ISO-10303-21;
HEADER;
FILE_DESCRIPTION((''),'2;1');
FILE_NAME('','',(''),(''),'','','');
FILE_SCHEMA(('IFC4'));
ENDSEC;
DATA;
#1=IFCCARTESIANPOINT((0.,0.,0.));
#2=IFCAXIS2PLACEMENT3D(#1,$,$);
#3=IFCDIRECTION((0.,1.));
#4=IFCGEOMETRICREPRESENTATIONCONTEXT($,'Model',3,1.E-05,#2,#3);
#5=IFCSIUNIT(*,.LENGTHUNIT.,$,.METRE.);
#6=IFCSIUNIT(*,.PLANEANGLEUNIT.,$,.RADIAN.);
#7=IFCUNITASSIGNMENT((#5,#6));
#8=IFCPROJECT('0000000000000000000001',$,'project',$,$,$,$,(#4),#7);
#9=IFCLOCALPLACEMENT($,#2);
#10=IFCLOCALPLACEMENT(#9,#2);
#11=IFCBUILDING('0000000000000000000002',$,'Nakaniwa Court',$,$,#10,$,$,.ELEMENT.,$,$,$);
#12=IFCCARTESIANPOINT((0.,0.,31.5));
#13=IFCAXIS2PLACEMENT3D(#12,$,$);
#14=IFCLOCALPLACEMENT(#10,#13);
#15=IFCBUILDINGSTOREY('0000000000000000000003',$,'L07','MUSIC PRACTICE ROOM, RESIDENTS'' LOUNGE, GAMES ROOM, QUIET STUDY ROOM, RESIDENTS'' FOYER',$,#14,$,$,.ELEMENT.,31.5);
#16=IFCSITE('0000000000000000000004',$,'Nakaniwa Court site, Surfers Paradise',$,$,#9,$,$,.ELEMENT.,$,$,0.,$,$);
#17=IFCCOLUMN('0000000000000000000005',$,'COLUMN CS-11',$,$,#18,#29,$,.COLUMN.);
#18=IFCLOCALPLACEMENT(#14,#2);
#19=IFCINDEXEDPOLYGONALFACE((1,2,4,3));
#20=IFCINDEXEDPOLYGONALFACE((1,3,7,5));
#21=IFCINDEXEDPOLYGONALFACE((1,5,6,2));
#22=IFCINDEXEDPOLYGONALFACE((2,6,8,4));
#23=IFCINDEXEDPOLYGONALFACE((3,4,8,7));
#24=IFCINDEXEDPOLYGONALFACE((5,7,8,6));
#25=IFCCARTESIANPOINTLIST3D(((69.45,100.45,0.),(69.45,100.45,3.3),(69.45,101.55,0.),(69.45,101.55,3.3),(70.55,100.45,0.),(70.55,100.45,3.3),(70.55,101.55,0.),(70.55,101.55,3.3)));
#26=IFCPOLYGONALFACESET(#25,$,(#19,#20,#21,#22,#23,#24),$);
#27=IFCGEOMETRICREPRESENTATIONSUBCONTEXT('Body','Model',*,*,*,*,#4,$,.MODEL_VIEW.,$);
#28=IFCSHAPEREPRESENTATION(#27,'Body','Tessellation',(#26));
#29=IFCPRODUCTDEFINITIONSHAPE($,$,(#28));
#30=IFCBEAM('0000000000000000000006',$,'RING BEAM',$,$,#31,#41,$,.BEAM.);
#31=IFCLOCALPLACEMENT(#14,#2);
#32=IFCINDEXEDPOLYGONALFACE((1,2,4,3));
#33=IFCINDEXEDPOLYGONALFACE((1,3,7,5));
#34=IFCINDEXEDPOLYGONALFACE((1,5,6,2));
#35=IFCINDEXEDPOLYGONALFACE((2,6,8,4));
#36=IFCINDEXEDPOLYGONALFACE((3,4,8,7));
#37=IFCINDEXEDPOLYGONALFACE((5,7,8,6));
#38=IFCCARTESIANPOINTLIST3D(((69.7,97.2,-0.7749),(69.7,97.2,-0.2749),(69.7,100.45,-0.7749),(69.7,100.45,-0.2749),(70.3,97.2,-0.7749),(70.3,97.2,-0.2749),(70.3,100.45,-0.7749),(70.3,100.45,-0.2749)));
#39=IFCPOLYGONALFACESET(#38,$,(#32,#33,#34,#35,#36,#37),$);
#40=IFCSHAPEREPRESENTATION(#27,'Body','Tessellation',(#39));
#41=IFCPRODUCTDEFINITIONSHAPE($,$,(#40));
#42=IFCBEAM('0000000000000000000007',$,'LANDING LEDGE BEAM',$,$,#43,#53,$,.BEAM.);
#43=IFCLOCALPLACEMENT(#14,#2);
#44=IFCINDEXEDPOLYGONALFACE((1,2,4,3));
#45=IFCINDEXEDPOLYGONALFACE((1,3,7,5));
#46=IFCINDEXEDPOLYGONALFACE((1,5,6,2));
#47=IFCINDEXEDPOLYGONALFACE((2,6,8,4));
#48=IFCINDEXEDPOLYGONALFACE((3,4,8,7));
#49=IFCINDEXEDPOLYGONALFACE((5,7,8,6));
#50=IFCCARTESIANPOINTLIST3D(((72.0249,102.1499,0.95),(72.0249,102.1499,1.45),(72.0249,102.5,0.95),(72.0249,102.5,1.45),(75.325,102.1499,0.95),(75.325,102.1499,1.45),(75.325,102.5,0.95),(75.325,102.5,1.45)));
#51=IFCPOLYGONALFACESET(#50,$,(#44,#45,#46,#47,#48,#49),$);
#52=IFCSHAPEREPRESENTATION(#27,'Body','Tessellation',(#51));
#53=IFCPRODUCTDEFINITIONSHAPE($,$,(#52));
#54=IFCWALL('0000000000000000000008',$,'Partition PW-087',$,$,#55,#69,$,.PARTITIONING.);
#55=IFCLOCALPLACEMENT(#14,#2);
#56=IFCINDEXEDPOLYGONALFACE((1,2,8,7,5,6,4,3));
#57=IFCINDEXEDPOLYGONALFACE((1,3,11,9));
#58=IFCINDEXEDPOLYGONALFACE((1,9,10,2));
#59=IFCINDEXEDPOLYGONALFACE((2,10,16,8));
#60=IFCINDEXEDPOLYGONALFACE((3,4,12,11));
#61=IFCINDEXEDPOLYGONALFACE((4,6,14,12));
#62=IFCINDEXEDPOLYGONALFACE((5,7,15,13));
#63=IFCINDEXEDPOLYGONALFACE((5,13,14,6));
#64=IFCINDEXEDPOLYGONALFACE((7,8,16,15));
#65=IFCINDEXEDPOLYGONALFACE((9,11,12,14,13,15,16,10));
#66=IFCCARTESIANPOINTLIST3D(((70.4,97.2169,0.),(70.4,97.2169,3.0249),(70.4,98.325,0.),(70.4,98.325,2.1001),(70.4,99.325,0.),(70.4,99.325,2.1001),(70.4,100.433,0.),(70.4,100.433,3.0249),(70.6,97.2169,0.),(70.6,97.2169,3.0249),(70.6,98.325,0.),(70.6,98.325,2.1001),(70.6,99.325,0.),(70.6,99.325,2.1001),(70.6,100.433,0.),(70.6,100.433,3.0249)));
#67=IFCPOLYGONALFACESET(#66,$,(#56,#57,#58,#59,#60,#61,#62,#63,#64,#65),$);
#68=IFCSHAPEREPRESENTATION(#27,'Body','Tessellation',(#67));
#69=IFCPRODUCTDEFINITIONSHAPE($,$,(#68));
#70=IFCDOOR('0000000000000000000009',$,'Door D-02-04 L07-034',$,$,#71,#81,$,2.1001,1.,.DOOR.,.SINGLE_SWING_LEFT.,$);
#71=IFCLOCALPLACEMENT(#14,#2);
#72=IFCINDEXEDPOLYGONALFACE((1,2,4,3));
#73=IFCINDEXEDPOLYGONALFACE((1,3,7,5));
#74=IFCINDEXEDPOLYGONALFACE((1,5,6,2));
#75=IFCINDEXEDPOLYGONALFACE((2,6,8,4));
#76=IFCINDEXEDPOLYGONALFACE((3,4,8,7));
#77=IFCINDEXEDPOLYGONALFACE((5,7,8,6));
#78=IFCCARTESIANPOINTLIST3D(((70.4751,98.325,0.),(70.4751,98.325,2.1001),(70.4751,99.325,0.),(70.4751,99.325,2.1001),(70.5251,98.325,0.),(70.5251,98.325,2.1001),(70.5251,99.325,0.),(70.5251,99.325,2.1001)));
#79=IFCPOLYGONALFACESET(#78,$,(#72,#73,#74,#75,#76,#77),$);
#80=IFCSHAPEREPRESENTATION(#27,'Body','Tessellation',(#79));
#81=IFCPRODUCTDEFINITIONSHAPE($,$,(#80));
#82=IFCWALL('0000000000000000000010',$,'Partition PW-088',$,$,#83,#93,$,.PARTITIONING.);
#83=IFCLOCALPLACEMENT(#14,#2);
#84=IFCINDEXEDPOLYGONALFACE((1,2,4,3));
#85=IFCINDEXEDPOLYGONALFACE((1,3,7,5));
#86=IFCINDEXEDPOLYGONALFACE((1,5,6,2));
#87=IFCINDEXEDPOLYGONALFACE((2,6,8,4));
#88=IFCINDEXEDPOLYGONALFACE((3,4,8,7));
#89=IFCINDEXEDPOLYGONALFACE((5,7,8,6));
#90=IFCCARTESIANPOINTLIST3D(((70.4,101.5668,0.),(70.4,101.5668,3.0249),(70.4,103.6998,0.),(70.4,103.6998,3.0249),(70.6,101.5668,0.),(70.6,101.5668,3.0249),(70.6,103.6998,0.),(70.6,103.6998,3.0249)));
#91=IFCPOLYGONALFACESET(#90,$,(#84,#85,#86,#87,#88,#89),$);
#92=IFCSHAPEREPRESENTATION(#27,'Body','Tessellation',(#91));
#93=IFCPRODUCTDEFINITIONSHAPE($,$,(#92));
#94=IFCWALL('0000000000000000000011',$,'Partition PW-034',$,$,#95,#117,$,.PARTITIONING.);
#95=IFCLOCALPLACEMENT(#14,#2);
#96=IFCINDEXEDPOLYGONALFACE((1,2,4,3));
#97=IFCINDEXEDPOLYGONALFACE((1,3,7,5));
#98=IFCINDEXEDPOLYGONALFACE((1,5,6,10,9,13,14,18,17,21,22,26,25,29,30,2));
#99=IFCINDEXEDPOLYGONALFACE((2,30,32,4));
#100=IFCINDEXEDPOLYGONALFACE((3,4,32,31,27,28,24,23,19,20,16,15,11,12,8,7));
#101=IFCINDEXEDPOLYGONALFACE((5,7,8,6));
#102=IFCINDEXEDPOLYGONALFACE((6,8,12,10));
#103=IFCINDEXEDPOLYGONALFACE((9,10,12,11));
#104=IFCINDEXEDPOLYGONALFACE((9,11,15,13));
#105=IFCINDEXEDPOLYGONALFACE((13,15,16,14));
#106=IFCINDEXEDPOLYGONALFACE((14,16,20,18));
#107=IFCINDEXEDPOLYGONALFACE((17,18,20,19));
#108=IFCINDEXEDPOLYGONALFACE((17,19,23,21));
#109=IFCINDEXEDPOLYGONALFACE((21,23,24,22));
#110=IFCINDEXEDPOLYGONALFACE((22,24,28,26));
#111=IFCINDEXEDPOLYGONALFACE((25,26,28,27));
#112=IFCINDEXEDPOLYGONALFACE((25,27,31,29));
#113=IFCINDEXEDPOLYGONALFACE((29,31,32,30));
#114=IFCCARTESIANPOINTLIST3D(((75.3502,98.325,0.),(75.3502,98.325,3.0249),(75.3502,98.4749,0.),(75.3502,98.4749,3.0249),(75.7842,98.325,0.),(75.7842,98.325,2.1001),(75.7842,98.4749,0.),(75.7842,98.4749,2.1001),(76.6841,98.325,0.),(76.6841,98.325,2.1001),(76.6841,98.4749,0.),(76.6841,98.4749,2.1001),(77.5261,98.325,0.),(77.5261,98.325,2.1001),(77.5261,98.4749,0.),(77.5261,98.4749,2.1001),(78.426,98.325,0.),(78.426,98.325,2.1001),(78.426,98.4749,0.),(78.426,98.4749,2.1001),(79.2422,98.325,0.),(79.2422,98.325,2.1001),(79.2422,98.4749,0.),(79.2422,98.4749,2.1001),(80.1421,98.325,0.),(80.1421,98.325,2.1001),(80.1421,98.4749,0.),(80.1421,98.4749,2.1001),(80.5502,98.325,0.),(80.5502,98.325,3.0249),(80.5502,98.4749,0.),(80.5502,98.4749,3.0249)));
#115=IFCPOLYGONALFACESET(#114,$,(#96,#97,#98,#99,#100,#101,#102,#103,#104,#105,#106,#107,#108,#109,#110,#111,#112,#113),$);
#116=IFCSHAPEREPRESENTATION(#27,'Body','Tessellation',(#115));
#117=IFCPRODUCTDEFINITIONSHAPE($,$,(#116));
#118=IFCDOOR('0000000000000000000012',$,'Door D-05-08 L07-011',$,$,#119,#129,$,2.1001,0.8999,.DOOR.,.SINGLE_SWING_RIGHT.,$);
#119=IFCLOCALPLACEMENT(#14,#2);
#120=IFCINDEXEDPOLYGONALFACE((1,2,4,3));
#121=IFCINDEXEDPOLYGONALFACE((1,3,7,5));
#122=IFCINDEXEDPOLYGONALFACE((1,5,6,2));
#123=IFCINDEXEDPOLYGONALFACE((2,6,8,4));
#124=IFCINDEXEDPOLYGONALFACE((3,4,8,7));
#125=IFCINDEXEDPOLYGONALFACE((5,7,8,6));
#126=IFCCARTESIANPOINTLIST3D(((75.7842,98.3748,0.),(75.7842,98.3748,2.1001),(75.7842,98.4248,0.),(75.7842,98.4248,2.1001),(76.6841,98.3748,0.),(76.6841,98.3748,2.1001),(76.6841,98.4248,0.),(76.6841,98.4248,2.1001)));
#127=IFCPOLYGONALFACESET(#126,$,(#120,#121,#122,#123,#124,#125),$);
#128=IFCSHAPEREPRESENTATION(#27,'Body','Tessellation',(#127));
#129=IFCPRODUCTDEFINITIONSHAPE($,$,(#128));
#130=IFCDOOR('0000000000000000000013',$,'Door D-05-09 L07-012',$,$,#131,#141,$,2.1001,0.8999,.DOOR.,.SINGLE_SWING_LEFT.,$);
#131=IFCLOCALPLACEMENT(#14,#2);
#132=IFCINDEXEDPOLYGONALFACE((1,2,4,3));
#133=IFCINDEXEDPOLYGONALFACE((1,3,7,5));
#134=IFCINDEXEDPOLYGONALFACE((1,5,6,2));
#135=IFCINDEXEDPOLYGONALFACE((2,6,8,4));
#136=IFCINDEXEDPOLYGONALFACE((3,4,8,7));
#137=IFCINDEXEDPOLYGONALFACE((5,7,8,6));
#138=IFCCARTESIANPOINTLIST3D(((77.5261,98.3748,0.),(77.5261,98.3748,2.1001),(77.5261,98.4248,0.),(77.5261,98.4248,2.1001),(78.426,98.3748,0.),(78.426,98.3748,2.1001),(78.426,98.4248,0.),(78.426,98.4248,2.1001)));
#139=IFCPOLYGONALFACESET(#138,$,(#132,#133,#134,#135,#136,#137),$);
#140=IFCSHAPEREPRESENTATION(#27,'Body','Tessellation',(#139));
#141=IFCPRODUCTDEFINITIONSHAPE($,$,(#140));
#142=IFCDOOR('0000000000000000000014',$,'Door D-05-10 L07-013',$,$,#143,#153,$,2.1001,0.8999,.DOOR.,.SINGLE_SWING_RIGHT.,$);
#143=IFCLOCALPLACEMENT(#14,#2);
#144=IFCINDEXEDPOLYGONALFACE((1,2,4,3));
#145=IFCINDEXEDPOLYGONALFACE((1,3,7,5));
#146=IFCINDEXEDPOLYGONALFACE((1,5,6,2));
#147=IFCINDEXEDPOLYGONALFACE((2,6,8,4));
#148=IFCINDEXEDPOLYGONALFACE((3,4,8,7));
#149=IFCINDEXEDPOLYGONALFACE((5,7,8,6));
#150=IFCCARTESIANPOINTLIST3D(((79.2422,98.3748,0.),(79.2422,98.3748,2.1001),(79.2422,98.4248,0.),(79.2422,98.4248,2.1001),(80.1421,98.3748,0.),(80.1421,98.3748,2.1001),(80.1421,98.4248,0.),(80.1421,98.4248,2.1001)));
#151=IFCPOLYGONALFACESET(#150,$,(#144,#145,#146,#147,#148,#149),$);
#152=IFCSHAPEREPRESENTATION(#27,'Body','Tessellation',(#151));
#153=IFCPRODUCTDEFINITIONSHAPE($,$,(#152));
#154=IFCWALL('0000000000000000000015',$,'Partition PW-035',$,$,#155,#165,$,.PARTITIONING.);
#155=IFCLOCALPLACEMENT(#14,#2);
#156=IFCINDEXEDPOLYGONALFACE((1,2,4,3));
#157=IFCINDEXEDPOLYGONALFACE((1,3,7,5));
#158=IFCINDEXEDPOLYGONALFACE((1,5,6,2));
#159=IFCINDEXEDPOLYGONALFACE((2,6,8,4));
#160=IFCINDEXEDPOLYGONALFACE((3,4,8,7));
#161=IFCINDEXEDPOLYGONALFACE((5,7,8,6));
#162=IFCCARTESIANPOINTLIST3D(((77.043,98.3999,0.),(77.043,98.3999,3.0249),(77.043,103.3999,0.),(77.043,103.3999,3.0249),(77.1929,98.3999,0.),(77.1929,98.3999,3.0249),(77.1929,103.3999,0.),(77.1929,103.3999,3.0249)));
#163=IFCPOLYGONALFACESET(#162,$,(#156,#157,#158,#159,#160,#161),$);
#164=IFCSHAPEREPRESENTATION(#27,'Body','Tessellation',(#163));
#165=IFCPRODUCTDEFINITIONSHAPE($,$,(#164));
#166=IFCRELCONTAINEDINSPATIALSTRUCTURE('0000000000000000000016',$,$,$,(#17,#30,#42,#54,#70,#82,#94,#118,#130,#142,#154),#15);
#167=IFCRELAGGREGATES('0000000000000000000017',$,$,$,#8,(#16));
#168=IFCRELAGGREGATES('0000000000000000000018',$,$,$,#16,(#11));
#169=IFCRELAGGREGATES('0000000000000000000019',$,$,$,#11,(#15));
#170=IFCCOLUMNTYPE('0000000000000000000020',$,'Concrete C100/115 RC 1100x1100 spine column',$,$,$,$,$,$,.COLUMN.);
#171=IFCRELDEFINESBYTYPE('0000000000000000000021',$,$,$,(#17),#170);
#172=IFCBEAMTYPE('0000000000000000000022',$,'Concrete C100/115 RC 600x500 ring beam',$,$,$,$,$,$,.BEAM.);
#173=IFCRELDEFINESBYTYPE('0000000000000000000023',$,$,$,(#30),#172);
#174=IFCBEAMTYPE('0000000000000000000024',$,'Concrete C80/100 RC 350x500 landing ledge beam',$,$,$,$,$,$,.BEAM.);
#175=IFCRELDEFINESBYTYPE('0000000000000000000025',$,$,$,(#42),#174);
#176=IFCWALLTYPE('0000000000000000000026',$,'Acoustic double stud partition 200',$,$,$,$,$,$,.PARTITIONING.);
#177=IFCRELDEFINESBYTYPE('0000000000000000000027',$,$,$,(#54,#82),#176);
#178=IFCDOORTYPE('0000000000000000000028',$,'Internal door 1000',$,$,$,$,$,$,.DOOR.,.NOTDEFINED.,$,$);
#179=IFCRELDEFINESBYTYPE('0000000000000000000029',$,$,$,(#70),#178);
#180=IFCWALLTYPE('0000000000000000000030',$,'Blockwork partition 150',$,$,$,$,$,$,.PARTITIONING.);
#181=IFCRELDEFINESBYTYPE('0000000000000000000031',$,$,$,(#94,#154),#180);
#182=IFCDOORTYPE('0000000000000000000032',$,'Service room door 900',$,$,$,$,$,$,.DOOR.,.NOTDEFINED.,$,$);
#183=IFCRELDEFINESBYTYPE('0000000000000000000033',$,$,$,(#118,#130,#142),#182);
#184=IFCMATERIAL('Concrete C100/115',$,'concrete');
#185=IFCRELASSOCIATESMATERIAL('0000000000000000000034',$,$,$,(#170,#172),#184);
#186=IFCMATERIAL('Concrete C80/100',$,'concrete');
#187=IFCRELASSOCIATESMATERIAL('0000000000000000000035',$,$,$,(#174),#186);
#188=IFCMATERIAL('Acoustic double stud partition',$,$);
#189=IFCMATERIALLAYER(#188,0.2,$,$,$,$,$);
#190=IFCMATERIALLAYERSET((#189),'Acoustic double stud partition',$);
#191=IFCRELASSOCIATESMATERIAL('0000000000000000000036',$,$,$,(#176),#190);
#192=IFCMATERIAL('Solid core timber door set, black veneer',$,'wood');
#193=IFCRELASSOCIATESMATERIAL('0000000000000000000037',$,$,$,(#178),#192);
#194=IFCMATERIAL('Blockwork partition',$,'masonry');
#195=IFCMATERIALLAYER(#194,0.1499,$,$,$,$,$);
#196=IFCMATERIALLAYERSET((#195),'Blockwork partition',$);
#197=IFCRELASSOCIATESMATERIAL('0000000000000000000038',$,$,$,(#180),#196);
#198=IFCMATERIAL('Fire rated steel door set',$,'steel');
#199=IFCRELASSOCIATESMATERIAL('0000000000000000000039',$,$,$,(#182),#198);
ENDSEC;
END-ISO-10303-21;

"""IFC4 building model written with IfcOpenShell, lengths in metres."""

from ifc_helpers import new_model, si_unit, direction, frame, frame_2d, origin, origin_2d, place, context, subcontext, project, spatial, rectangle, extrude, material, layer, layer_set, material_profile, profile_set, type_object, element, fill, save


model = new_model("IFC4")

# Units and contexts
model_context = context("Model", 3, precision=1e-05, world=origin(), true_north=direction((0.0, 1.0)))
body_context = subcontext(model_context, "Body", "Model", "MODEL_VIEW")
ifc_project = project(units=[si_unit("LENGTHUNIT", "METRE"), si_unit("PLANEANGLEUNIT", "RADIAN")], contexts=[model_context])

# Site, building, storey
site_placement = place(None, origin())
site = spatial("IfcSite", under=ifc_project, at=site_placement, Name="Nakaniwa Court site, Surfers Paradise", CompositionType="ELEMENT", RefElevation=0.0)
building_placement = place(site_placement, origin())
building = spatial("IfcBuilding", under=site, at=building_placement, Name="Nakaniwa Court", CompositionType="ELEMENT")
storey_placement = place(building_placement, frame((0.0, 0.0, 31.5)))
storey = spatial("IfcBuildingStorey", under=building, at=storey_placement, Name="L07", Description="MUSIC PRACTICE ROOM, RESIDENTS' LOUNGE, GAMES ROOM, QUIET STUDY ROOM, RESIDENTS' FOYER", CompositionType="ELEMENT", Elevation=31.5)

# Column
ifc_material_1 = material(Name="Concrete C100/115", Category="concrete")
ifc_material_profile_1 = material_profile(ifc_material_1, rectangle(XDim=1.1001, YDim=1.1001, at=origin_2d()), Name="Concrete C100/115 RC 1100x1100 spine column")
ifc_profile_set_1 = profile_set([ifc_material_profile_1], Name="Concrete C100/115")
column_type = type_object("IfcColumnType", Name="Concrete C100/115 RC 1100x1100 spine column", PredefinedType="COLUMN", material=ifc_profile_set_1)
column_placement = place(storey_placement, frame((70.0, 101.0, 0.0), z_axis=(0.0, 0.0, 1.0), x_axis=(0.0, -1.0, 0.0)))
element("IfcColumn", 1, at=column_placement, inside=storey, type_object=column_type, Name="COLUMN CS-11", PredefinedType="COLUMN", context=body_context, shape_type="SweptSolid", body=[
    extrude(rectangle(XDim=1.1001, YDim=1.1001, at=origin_2d()), origin(), (0.0, 0.0, 1.0), 3.3),
])

# Beams
ifc_material_profile_2 = material_profile(ifc_material_1, rectangle(XDim=0.6001, YDim=0.5, at=origin_2d()), Name="Concrete C100/115 RC 600x500 ring beam")
ifc_profile_set_2 = profile_set([ifc_material_profile_2], Name="Concrete C100/115")
beam_type_1 = type_object("IfcBeamType", Name="Concrete C100/115 RC 600x500 ring beam", PredefinedType="BEAM", material=ifc_profile_set_2)
beam_1_placement = place(storey_placement, frame((70.0, 100.45, -0.5249), z_axis=(0.0, -1.0, 0.0), x_axis=(1.0, 0.0, 0.0)))
element("IfcBeam", 2, at=beam_1_placement, inside=storey, type_object=beam_type_1, Name="RING BEAM", PredefinedType="BEAM", context=body_context, shape_type="SweptSolid", body=[
    extrude(rectangle(XDim=0.6001, YDim=0.5, at=origin_2d()), origin(), (0.0, 0.0, 1.0), 3.25),
])
ifc_material_2 = material(Name="Concrete C80/100", Category="concrete")
ifc_material_profile_3 = material_profile(ifc_material_2, rectangle(XDim=0.3501, YDim=0.5, at=origin_2d()), Name="Concrete C80/100 RC 350x500 landing ledge beam")
ifc_profile_set_3 = profile_set([ifc_material_profile_3], Name="Concrete C80/100")
beam_type_2 = type_object("IfcBeamType", Name="Concrete C80/100 RC 350x500 landing ledge beam", PredefinedType="BEAM", material=ifc_profile_set_3)
beam_2_placement = place(storey_placement, frame((72.0249, 102.325, 1.2), z_axis=(1.0, 0.0, 0.0), x_axis=(0.0, 1.0, 0.0)))
element("IfcBeam", 3, at=beam_2_placement, inside=storey, type_object=beam_type_2, Name="LANDING LEDGE BEAM", PredefinedType="BEAM", context=body_context, shape_type="SweptSolid", body=[
    extrude(rectangle(XDim=0.3501, YDim=0.5, at=origin_2d()), origin(), (0.0, 0.0, 1.0), 3.3),
])

# Wall, opening, door
ifc_material_3 = material(Name="Acoustic double stud partition")
ifc_layer_1 = layer(ifc_material_3, 0.2)
ifc_layer_set_1 = layer_set([ifc_layer_1], Name="Acoustic double stud partition")
wall_type_1 = type_object("IfcWallType", Name="Acoustic double stud partition 200", PredefinedType="PARTITIONING", material=ifc_layer_set_1)
wall_1_placement = place(storey_placement, frame((70.5, 97.217, 0.0), z_axis=(0.0, 0.0, 1.0), x_axis=(0.0, 1.0, 0.0)))
wall_1 = element("IfcWall", 4, at=wall_1_placement, inside=storey, type_object=wall_type_1, Name="Partition PW-087", PredefinedType="PARTITIONING", context=body_context, shape_type="SweptSolid", body=[
    extrude(rectangle(XDim=3.2161, YDim=0.2, at=frame_2d((1.6079, 0.0))), origin(), (0.0, 0.0, 1.0), 3.0249),
])
opening_1_placement = place(wall_1_placement, frame((1.1079, 0.0, 0.0)))
opening_1 = element("IfcOpeningElement", 5, at=opening_1_placement, cuts=wall_1, PredefinedType="OPENING", context=body_context, shape_type="SweptSolid", body=[
    extrude(rectangle(XDim=1.0, YDim=2.1001, at=frame_2d((0.5, 1.05))), frame((0.0, 0.1099, 0.0), z_axis=(0.0, -1.0, 0.0), x_axis=(1.0, 0.0, 0.0)), (0.0, 0.0, 1.0), 0.22),
])
ifc_material_4 = material(Name="Solid core timber door set, black veneer", Category="wood")
door_type_1 = type_object("IfcDoorType", Name="Internal door 1000", OperationType="NOTDEFINED", PredefinedType="DOOR", material=ifc_material_4)
door_1_placement = place(opening_1_placement, origin())
door_1 = element("IfcDoor", 6, at=door_1_placement, inside=storey, type_object=door_type_1, Name="Door D-02-04 L07-034", OperationType="SINGLE_SWING_LEFT", OverallHeight=2.1001, OverallWidth=1.0, PredefinedType="DOOR", context=body_context, shape_type="SweptSolid", body=[
    extrude(rectangle(XDim=1.0, YDim=2.1001, at=frame_2d((0.5, 1.05))), frame((0.0, 0.0249, 0.0), z_axis=(0.0, -1.0, 0.0), x_axis=(1.0, 0.0, 0.0)), (0.0, 0.0, 1.0), 0.05),
])
fill(opening_1, door_1)

# Wall
wall_2_placement = place(storey_placement, frame((70.5, 101.5669, 0.0), z_axis=(0.0, 0.0, 1.0), x_axis=(0.0, 1.0, 0.0)))
element("IfcWall", 7, at=wall_2_placement, inside=storey, type_object=wall_type_1, Name="Partition PW-088", PredefinedType="PARTITIONING", context=body_context, shape_type="SweptSolid", body=[
    extrude(rectangle(XDim=2.1331, YDim=0.2, at=frame_2d((1.0664, 0.0))), origin(), (0.0, 0.0, 1.0), 3.0249),
])

# Wall, openings, doors
ifc_material_5 = material(Name="Blockwork partition", Category="masonry")
ifc_layer_2 = layer(ifc_material_5, 0.1499)
ifc_layer_set_2 = layer_set([ifc_layer_2], Name="Blockwork partition")
wall_type_2 = type_object("IfcWallType", Name="Blockwork partition 150", PredefinedType="PARTITIONING", material=ifc_layer_set_2)
wall_3_placement = place(storey_placement, frame((75.3501, 98.3999, 0.0), z_axis=(0.0, 0.0, 1.0), x_axis=(1.0, 0.0, 0.0)))
wall_3 = element("IfcWall", 8, at=wall_3_placement, inside=storey, type_object=wall_type_2, Name="Partition PW-034", PredefinedType="PARTITIONING", context=body_context, shape_type="SweptSolid", body=[
    extrude(rectangle(XDim=5.2, YDim=0.1499, at=frame_2d((2.6001, 0.0))), origin(), (0.0, 0.0, 1.0), 3.0249),
])
opening_2_placement = place(wall_3_placement, frame((0.4341, 0.0, 0.0)))
opening_2 = element("IfcOpeningElement", 9, at=opening_2_placement, cuts=wall_3, PredefinedType="OPENING", context=body_context, shape_type="SweptSolid", body=[
    extrude(rectangle(XDim=0.8999, YDim=2.1001, at=frame_2d((0.45, 1.05))), frame((0.0, 0.085, 0.0), z_axis=(0.0, -1.0, 0.0), x_axis=(1.0, 0.0, 0.0)), (0.0, 0.0, 1.0), 0.1699),
])
opening_3_placement = place(wall_3_placement, frame((2.176, 0.0, 0.0)))
opening_3 = element("IfcOpeningElement", 10, at=opening_3_placement, cuts=wall_3, PredefinedType="OPENING", context=body_context, shape_type="SweptSolid", body=[
    extrude(rectangle(XDim=0.8999, YDim=2.1001, at=frame_2d((0.45, 1.05))), frame((0.0, 0.085, 0.0), z_axis=(0.0, -1.0, 0.0), x_axis=(1.0, 0.0, 0.0)), (0.0, 0.0, 1.0), 0.1699),
])
opening_4_placement = place(wall_3_placement, frame((3.8921, 0.0, 0.0)))
opening_4 = element("IfcOpeningElement", 11, at=opening_4_placement, cuts=wall_3, PredefinedType="OPENING", context=body_context, shape_type="SweptSolid", body=[
    extrude(rectangle(XDim=0.8999, YDim=2.1001, at=frame_2d((0.45, 1.05))), frame((0.0, 0.085, 0.0), z_axis=(0.0, -1.0, 0.0), x_axis=(1.0, 0.0, 0.0)), (0.0, 0.0, 1.0), 0.1699),
])
ifc_material_6 = material(Name="Fire rated steel door set", Category="steel")
door_type_2 = type_object("IfcDoorType", Name="Service room door 900", OperationType="NOTDEFINED", PredefinedType="DOOR", material=ifc_material_6)
door_2_placement = place(opening_2_placement, origin())
door_2 = element("IfcDoor", 12, at=door_2_placement, inside=storey, type_object=door_type_2, Name="Door D-05-08 L07-011", OperationType="SINGLE_SWING_RIGHT", OverallHeight=2.1001, OverallWidth=0.8999, PredefinedType="DOOR", context=body_context, shape_type="SweptSolid", body=[
    extrude(rectangle(XDim=0.8999, YDim=2.1001, at=frame_2d((0.45, 1.05))), frame((0.0, 0.0249, 0.0), z_axis=(0.0, -1.0, 0.0), x_axis=(1.0, 0.0, 0.0)), (0.0, 0.0, 1.0), 0.05),
])
fill(opening_2, door_2)
door_3_placement = place(opening_3_placement, origin())
door_3 = element("IfcDoor", 13, at=door_3_placement, inside=storey, type_object=door_type_2, Name="Door D-05-09 L07-012", OperationType="SINGLE_SWING_LEFT", OverallHeight=2.1001, OverallWidth=0.8999, PredefinedType="DOOR", context=body_context, shape_type="SweptSolid", body=[
    extrude(rectangle(XDim=0.8999, YDim=2.1001, at=frame_2d((0.45, 1.05))), frame((0.0, 0.0249, 0.0), z_axis=(0.0, -1.0, 0.0), x_axis=(1.0, 0.0, 0.0)), (0.0, 0.0, 1.0), 0.05),
])
fill(opening_3, door_3)
door_4_placement = place(opening_4_placement, origin())
door_4 = element("IfcDoor", 14, at=door_4_placement, inside=storey, type_object=door_type_2, Name="Door D-05-10 L07-013", OperationType="SINGLE_SWING_RIGHT", OverallHeight=2.1001, OverallWidth=0.8999, PredefinedType="DOOR", context=body_context, shape_type="SweptSolid", body=[
    extrude(rectangle(XDim=0.8999, YDim=2.1001, at=frame_2d((0.45, 1.05))), frame((0.0, 0.0249, 0.0), z_axis=(0.0, -1.0, 0.0), x_axis=(1.0, 0.0, 0.0)), (0.0, 0.0, 1.0), 0.05),
])
fill(opening_4, door_4)

# Wall
wall_4_placement = place(storey_placement, frame((77.1179, 98.3999, 0.0), z_axis=(0.0, 0.0, 1.0), x_axis=(0.0, 1.0, 0.0)))
element("IfcWall", 15, at=wall_4_placement, inside=storey, type_object=wall_type_2, Name="Partition PW-035", PredefinedType="PARTITIONING", context=body_context, shape_type="SweptSolid", body=[
    extrude(rectangle(XDim=5.0, YDim=0.1499, at=frame_2d((2.5, 0.0))), origin(), (0.0, 0.0, 1.0), 3.0249),
])

save(model, "model.ifc")
